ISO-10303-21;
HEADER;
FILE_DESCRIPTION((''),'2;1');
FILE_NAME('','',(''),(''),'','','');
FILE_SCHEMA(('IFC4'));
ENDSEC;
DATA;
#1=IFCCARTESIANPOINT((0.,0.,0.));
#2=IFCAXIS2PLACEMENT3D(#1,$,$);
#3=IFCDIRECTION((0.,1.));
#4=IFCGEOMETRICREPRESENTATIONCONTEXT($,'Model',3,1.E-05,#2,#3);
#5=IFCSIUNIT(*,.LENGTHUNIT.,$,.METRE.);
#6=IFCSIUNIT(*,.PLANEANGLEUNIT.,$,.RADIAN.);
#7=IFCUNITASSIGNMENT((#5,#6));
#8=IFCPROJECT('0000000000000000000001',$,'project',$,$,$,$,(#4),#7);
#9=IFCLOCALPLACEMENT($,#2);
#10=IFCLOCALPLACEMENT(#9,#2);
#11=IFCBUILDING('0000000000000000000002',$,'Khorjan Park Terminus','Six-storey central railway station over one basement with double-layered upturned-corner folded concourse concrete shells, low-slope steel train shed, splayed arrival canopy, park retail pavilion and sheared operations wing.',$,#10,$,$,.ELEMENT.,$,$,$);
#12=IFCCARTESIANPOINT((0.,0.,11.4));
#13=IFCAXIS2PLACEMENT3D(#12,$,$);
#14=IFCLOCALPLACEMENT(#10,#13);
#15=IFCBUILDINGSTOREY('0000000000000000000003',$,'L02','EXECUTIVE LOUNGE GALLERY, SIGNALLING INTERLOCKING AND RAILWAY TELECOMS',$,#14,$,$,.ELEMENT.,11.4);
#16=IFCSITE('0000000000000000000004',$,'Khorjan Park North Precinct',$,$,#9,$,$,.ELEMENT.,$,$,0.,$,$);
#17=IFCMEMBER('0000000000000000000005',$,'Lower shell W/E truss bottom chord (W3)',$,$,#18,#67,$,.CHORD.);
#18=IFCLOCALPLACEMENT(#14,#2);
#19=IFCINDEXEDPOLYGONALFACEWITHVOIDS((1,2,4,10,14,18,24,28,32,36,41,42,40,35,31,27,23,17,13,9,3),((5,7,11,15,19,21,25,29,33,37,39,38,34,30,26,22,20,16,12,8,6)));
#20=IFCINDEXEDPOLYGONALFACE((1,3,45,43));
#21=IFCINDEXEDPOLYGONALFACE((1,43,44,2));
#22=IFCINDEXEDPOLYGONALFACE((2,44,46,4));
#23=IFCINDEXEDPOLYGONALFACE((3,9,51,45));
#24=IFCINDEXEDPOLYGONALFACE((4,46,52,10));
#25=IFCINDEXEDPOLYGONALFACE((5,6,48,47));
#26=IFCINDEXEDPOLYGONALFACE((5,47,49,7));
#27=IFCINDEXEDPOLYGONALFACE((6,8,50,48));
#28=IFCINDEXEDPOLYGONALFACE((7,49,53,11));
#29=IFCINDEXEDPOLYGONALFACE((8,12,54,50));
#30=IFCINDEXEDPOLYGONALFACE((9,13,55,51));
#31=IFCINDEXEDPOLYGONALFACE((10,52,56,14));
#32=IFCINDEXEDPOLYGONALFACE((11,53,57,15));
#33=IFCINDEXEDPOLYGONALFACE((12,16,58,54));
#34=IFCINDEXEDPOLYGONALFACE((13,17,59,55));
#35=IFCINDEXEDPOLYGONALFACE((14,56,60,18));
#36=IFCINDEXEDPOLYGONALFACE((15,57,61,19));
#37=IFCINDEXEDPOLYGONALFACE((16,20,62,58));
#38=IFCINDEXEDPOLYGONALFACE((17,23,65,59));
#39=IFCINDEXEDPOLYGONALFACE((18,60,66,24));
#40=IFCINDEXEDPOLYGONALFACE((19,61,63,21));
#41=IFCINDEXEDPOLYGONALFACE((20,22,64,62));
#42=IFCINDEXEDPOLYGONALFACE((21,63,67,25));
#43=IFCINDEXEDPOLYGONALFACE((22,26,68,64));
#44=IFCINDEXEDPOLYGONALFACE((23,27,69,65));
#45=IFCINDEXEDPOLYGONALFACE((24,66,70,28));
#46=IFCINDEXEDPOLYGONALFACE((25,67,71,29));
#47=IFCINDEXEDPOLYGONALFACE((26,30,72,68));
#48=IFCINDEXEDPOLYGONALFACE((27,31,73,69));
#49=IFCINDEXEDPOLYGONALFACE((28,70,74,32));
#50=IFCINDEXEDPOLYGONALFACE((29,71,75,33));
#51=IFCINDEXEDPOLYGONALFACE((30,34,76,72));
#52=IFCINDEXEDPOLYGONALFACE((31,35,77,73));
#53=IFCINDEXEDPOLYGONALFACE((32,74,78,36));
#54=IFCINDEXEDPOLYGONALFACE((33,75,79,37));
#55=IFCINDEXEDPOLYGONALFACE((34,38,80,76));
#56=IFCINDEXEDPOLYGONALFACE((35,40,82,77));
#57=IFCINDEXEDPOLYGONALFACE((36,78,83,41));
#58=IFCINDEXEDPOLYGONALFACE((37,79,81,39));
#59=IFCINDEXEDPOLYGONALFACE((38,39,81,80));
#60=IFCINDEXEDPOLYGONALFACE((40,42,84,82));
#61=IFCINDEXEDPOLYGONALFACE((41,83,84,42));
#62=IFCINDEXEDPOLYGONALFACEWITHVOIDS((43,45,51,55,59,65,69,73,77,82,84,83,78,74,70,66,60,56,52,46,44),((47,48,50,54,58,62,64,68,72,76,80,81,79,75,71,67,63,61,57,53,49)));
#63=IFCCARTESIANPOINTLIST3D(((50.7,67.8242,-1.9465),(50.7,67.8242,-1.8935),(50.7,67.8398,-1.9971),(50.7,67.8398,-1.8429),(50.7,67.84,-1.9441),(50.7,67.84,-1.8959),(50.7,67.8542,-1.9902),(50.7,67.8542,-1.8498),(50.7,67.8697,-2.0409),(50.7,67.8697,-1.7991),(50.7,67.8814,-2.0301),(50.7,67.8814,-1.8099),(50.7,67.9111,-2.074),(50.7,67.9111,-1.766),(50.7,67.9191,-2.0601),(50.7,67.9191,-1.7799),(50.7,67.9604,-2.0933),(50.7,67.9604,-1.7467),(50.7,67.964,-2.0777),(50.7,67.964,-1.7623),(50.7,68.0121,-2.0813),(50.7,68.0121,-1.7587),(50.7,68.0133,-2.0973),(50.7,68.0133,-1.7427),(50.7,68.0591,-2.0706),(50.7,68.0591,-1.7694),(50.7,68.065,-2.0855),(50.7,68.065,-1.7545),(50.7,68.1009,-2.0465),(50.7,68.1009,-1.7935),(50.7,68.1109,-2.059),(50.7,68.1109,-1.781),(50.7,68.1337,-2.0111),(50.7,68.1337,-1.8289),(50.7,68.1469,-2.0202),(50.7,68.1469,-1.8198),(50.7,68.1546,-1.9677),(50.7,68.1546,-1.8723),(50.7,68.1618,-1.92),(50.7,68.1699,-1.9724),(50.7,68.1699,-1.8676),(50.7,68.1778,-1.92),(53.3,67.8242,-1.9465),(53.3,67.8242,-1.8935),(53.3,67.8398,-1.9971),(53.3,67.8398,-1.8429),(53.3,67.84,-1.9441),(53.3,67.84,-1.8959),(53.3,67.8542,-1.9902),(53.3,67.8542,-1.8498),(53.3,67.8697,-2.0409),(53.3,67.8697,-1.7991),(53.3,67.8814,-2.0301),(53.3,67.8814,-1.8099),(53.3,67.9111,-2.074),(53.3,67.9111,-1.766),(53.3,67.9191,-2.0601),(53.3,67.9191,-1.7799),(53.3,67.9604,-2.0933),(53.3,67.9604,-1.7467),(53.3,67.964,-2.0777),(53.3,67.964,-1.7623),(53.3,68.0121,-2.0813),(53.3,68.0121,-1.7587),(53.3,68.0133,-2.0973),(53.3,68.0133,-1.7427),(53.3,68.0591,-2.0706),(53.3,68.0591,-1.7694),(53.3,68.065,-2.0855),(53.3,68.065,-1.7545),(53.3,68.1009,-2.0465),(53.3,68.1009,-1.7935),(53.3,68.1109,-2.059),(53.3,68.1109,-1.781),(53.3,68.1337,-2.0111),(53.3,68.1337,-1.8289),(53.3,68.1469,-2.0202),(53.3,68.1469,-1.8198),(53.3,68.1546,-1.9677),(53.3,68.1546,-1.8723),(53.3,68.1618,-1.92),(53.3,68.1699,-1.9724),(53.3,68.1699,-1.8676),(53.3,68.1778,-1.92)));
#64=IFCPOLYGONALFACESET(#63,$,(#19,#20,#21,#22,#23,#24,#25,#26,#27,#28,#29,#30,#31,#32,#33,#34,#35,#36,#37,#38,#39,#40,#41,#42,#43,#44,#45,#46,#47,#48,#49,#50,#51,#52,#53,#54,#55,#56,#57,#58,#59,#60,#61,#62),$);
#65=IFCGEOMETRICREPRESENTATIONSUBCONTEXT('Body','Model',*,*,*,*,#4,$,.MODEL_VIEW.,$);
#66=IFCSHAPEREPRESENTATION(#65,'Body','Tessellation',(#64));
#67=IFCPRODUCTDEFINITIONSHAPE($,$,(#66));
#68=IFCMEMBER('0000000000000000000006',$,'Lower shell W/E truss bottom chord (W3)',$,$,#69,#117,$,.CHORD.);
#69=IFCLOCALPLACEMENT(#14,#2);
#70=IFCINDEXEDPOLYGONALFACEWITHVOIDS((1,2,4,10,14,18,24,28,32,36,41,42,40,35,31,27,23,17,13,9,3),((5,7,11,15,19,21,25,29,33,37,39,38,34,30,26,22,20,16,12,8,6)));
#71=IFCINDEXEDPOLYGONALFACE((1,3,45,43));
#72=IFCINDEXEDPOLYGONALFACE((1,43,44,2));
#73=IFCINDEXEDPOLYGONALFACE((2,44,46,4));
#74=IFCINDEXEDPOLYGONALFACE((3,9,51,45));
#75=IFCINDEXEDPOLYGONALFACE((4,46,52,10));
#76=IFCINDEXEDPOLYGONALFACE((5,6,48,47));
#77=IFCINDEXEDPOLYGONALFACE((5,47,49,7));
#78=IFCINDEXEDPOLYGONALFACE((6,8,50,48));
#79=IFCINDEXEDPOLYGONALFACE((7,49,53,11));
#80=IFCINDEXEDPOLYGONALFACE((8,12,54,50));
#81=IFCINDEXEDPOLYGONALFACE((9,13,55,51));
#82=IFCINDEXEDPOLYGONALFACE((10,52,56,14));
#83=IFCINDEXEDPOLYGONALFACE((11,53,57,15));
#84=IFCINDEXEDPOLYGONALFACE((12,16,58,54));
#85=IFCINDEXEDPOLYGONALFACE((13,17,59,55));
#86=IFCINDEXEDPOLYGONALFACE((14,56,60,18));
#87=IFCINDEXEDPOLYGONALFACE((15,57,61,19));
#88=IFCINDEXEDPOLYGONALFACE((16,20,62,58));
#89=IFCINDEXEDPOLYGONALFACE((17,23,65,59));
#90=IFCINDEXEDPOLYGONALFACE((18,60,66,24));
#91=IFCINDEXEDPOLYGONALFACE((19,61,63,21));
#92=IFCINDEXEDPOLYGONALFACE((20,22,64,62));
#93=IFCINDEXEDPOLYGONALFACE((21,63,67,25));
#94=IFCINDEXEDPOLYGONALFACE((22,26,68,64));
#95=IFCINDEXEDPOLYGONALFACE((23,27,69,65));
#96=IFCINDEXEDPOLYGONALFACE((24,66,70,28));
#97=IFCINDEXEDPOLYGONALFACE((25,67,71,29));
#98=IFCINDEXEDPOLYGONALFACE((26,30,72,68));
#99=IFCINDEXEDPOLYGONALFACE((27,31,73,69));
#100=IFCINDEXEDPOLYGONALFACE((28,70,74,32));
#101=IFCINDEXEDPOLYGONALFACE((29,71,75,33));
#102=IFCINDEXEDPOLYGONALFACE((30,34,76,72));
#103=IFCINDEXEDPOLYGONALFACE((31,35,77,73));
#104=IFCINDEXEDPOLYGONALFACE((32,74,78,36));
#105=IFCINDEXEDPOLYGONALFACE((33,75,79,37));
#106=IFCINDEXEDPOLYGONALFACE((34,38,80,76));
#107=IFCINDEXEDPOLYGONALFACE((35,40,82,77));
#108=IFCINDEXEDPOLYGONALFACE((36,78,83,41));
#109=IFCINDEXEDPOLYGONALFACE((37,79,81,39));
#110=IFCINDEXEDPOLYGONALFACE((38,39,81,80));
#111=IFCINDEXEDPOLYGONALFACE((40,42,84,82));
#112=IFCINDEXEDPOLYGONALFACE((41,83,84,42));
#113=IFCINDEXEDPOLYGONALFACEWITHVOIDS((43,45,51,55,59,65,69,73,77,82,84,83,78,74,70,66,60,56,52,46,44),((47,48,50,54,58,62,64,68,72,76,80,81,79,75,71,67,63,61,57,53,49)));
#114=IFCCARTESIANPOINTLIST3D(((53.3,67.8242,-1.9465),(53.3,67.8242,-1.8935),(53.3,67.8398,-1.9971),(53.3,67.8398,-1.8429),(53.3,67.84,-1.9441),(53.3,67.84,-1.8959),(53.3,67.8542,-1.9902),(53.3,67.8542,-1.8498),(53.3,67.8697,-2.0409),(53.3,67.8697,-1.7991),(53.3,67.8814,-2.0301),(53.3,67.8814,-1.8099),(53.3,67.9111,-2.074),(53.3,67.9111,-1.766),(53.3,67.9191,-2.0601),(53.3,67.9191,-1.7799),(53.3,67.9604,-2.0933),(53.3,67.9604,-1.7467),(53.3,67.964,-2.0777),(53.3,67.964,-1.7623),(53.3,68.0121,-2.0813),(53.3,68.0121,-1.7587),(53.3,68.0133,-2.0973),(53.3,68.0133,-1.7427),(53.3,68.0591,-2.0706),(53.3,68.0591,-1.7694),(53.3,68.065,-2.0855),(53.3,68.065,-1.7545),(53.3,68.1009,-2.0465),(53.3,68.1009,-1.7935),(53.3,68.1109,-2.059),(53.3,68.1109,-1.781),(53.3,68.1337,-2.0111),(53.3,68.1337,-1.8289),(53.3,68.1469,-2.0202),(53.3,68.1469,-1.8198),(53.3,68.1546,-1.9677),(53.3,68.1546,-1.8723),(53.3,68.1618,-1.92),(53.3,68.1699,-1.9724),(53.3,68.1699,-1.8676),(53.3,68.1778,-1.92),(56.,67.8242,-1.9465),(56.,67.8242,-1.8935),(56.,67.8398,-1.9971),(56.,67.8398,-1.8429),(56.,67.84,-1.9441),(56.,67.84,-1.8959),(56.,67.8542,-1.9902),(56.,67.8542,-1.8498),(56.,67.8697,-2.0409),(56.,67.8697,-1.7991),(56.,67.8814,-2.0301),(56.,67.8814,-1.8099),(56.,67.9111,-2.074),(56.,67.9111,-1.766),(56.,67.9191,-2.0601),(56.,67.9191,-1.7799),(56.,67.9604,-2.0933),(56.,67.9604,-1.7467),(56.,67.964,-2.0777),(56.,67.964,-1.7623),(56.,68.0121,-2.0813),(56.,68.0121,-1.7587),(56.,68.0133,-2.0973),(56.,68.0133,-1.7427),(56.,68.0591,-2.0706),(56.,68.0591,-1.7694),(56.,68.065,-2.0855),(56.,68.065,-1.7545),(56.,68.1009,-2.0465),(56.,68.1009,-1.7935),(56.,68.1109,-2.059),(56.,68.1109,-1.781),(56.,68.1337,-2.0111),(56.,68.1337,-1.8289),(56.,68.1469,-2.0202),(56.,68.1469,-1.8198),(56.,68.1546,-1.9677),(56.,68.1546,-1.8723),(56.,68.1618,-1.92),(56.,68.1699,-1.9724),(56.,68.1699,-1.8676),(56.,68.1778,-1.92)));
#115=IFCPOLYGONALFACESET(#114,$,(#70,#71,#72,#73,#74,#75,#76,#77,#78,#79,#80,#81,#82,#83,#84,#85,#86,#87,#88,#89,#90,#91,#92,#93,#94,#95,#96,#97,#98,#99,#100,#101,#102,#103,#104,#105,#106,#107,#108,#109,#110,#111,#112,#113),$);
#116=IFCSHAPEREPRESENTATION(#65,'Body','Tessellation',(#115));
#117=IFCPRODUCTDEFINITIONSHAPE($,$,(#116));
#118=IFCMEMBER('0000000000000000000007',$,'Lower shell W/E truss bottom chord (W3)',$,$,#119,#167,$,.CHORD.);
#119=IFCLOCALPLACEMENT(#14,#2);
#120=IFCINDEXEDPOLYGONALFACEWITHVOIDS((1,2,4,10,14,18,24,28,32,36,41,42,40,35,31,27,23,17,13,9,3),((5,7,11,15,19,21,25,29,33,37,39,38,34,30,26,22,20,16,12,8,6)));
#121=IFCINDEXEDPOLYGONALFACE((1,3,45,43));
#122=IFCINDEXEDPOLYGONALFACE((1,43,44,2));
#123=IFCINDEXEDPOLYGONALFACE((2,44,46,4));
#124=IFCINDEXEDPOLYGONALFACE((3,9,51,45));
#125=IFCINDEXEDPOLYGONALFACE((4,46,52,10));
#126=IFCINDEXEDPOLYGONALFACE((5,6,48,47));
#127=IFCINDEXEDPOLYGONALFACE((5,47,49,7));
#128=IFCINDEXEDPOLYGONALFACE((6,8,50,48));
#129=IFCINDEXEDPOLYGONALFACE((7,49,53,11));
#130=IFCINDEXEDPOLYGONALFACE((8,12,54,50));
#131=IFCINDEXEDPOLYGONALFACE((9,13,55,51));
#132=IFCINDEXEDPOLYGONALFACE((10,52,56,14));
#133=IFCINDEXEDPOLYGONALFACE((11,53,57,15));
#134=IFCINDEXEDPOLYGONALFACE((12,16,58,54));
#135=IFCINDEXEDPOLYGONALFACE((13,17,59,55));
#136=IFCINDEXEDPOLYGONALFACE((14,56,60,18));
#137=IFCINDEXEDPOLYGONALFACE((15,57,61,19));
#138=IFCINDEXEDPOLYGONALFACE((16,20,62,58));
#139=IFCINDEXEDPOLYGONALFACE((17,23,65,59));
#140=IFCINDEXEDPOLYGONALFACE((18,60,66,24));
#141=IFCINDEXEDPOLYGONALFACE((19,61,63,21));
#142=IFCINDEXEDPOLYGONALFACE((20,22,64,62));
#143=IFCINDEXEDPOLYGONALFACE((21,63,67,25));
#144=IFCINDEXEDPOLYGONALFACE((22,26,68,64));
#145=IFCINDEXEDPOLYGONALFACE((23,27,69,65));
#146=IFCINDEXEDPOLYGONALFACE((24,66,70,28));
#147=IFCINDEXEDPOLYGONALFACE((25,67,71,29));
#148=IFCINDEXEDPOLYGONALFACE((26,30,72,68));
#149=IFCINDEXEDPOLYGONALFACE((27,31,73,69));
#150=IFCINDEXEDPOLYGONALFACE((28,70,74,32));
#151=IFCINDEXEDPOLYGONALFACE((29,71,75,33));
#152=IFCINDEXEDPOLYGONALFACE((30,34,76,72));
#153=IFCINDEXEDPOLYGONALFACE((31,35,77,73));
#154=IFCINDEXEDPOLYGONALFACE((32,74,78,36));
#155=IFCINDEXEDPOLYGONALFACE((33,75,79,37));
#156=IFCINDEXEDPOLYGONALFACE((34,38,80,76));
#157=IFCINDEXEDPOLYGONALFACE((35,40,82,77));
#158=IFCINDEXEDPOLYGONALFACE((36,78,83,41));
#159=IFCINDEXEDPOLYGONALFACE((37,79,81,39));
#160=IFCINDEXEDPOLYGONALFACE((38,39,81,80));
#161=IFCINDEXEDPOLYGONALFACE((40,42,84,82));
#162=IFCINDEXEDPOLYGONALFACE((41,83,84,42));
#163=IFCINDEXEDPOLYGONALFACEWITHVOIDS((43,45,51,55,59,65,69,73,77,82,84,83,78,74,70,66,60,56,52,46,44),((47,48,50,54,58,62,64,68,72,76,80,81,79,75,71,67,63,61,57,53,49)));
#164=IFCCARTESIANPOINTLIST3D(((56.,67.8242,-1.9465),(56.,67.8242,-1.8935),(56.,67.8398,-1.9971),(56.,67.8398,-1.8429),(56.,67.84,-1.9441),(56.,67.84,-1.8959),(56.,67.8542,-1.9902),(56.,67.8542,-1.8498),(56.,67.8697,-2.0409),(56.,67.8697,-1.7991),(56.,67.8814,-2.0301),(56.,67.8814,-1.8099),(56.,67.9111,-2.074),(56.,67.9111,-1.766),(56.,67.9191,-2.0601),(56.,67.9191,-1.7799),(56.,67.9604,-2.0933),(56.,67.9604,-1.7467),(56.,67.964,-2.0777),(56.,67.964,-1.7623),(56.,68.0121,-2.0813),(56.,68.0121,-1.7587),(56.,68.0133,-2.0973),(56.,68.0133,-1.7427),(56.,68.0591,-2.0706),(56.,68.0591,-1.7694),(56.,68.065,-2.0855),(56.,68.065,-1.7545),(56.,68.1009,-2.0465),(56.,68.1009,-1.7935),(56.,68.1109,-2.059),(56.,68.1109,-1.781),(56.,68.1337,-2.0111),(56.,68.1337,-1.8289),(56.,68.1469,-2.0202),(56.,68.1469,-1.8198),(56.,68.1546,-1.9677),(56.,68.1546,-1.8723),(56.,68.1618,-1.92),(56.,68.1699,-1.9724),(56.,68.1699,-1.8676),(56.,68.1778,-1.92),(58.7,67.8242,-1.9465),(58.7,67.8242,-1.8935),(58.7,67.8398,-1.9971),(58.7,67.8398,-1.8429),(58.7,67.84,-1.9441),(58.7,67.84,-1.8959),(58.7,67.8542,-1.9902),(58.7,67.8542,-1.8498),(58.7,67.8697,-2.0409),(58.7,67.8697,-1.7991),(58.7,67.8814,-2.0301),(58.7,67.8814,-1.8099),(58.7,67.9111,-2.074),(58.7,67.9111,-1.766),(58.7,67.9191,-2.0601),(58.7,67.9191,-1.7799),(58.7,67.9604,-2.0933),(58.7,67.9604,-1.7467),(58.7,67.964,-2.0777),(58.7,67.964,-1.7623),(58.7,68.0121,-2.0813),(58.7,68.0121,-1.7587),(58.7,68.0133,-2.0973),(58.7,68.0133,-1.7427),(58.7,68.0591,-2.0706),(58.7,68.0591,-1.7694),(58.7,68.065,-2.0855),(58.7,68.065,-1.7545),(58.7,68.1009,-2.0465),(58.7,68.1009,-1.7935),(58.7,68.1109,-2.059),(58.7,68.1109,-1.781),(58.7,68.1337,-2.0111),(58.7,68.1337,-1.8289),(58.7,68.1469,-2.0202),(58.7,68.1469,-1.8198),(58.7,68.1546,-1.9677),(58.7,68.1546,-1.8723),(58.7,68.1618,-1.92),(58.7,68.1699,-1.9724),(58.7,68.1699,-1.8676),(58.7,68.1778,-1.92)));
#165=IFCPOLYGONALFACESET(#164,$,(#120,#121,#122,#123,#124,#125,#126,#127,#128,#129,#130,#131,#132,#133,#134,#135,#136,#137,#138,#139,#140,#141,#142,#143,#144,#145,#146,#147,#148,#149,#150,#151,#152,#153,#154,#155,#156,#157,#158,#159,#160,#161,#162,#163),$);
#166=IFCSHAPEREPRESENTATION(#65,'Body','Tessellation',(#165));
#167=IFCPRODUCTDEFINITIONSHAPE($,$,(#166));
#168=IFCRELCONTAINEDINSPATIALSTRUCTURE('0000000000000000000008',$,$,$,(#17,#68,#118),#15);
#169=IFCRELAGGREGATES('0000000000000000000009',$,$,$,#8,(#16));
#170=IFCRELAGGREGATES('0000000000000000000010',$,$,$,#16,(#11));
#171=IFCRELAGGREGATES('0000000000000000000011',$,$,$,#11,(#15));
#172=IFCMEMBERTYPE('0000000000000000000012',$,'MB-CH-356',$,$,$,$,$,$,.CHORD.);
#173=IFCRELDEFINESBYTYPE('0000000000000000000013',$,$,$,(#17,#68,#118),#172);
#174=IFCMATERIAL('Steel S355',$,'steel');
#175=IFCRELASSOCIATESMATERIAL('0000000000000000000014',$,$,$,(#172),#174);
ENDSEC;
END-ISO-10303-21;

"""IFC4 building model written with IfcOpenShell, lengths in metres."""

from ifc_helpers import new_model, si_unit, direction, frame, origin, origin_2d, place, context, subcontext, project, spatial, hollow_circle, extrude, material, material_profile, profile_set, type_object, element, save


model = new_model("IFC4")

# Units and contexts
model_context = context("Model", 3, precision=1e-05, world=origin(), true_north=direction((0.0, 1.0)))
body_context = subcontext(model_context, "Body", "Model", "MODEL_VIEW")
ifc_project = project(units=[si_unit("LENGTHUNIT", "METRE"), si_unit("PLANEANGLEUNIT", "RADIAN")], contexts=[model_context])

# Site, building, storey
site_placement = place(None, origin())
site = spatial("IfcSite", under=ifc_project, at=site_placement, Name="Khorjan Park North Precinct", CompositionType="ELEMENT", RefElevation=0.0)
building_placement = place(site_placement, origin())
building = spatial("IfcBuilding", under=site, at=building_placement, Name="Khorjan Park Terminus", Description="Six-storey central railway station over one basement with double-layered upturned-corner folded concourse concrete shells, low-slope steel train shed, splayed arrival canopy, park retail pavilion and sheared operations wing.", CompositionType="ELEMENT")
storey_placement = place(building_placement, frame((0.0, 0.0, 11.4)))
storey = spatial("IfcBuildingStorey", under=building, at=storey_placement, Name="L02", Description="EXECUTIVE LOUNGE GALLERY, SIGNALLING INTERLOCKING AND RAILWAY TELECOMS", CompositionType="ELEMENT", Elevation=11.4)

# Members
ifc_material_1 = material(Name="Steel S355", Category="steel")
ifc_material_profile_1 = material_profile(ifc_material_1, hollow_circle(Radius=0.1778, WallThickness=0.016, at=origin_2d()), Name="CHS 355.6x16")
ifc_profile_set_1 = profile_set([ifc_material_profile_1], Name="Steel S355")
member_type_1 = type_object("IfcMemberType", Name="MB-CH-356", PredefinedType="CHORD", material=ifc_profile_set_1)
member_1_placement = place(storey_placement, frame((50.7, 68.0, -1.92), z_axis=(1.0, 0.0, 0.0), x_axis=(0.0, 1.0, 0.0)))
element("IfcMember", 1, at=member_1_placement, inside=storey, type_object=member_type_1, Name="Lower shell W/E truss bottom chord (W3)", PredefinedType="CHORD", context=body_context, shape_type="SweptSolid", body=[
    extrude(hollow_circle(Radius=0.1778, WallThickness=0.016, at=origin_2d()), origin(), (0.0, 0.0, 1.0), 2.6),
])
for number, where, z_axis, x_axis, name in (
    (2, (53.3, 68.0, -1.92), (1.0, 0.0, 0.0), (0.0, 1.0, 0.0), "Lower shell W/E truss bottom chord (W3)"),
    (3, (56.0, 68.0, -1.92), (1.0, 0.0, 0.0), (0.0, 1.0, 0.0), "Lower shell W/E truss bottom chord (W3)"),
):
    element("IfcMember", number, at=place(storey_placement, frame(where, z_axis=z_axis, x_axis=x_axis)), inside=storey, type_object=member_type_1, Name=name, PredefinedType="CHORD", context=body_context, shape_type="SweptSolid", body=[
        extrude(hollow_circle(Radius=0.1778, WallThickness=0.016, at=origin_2d()), origin(), (0.0, 0.0, 1.0), 2.7),
    ])

save(model, "model.ifc")
